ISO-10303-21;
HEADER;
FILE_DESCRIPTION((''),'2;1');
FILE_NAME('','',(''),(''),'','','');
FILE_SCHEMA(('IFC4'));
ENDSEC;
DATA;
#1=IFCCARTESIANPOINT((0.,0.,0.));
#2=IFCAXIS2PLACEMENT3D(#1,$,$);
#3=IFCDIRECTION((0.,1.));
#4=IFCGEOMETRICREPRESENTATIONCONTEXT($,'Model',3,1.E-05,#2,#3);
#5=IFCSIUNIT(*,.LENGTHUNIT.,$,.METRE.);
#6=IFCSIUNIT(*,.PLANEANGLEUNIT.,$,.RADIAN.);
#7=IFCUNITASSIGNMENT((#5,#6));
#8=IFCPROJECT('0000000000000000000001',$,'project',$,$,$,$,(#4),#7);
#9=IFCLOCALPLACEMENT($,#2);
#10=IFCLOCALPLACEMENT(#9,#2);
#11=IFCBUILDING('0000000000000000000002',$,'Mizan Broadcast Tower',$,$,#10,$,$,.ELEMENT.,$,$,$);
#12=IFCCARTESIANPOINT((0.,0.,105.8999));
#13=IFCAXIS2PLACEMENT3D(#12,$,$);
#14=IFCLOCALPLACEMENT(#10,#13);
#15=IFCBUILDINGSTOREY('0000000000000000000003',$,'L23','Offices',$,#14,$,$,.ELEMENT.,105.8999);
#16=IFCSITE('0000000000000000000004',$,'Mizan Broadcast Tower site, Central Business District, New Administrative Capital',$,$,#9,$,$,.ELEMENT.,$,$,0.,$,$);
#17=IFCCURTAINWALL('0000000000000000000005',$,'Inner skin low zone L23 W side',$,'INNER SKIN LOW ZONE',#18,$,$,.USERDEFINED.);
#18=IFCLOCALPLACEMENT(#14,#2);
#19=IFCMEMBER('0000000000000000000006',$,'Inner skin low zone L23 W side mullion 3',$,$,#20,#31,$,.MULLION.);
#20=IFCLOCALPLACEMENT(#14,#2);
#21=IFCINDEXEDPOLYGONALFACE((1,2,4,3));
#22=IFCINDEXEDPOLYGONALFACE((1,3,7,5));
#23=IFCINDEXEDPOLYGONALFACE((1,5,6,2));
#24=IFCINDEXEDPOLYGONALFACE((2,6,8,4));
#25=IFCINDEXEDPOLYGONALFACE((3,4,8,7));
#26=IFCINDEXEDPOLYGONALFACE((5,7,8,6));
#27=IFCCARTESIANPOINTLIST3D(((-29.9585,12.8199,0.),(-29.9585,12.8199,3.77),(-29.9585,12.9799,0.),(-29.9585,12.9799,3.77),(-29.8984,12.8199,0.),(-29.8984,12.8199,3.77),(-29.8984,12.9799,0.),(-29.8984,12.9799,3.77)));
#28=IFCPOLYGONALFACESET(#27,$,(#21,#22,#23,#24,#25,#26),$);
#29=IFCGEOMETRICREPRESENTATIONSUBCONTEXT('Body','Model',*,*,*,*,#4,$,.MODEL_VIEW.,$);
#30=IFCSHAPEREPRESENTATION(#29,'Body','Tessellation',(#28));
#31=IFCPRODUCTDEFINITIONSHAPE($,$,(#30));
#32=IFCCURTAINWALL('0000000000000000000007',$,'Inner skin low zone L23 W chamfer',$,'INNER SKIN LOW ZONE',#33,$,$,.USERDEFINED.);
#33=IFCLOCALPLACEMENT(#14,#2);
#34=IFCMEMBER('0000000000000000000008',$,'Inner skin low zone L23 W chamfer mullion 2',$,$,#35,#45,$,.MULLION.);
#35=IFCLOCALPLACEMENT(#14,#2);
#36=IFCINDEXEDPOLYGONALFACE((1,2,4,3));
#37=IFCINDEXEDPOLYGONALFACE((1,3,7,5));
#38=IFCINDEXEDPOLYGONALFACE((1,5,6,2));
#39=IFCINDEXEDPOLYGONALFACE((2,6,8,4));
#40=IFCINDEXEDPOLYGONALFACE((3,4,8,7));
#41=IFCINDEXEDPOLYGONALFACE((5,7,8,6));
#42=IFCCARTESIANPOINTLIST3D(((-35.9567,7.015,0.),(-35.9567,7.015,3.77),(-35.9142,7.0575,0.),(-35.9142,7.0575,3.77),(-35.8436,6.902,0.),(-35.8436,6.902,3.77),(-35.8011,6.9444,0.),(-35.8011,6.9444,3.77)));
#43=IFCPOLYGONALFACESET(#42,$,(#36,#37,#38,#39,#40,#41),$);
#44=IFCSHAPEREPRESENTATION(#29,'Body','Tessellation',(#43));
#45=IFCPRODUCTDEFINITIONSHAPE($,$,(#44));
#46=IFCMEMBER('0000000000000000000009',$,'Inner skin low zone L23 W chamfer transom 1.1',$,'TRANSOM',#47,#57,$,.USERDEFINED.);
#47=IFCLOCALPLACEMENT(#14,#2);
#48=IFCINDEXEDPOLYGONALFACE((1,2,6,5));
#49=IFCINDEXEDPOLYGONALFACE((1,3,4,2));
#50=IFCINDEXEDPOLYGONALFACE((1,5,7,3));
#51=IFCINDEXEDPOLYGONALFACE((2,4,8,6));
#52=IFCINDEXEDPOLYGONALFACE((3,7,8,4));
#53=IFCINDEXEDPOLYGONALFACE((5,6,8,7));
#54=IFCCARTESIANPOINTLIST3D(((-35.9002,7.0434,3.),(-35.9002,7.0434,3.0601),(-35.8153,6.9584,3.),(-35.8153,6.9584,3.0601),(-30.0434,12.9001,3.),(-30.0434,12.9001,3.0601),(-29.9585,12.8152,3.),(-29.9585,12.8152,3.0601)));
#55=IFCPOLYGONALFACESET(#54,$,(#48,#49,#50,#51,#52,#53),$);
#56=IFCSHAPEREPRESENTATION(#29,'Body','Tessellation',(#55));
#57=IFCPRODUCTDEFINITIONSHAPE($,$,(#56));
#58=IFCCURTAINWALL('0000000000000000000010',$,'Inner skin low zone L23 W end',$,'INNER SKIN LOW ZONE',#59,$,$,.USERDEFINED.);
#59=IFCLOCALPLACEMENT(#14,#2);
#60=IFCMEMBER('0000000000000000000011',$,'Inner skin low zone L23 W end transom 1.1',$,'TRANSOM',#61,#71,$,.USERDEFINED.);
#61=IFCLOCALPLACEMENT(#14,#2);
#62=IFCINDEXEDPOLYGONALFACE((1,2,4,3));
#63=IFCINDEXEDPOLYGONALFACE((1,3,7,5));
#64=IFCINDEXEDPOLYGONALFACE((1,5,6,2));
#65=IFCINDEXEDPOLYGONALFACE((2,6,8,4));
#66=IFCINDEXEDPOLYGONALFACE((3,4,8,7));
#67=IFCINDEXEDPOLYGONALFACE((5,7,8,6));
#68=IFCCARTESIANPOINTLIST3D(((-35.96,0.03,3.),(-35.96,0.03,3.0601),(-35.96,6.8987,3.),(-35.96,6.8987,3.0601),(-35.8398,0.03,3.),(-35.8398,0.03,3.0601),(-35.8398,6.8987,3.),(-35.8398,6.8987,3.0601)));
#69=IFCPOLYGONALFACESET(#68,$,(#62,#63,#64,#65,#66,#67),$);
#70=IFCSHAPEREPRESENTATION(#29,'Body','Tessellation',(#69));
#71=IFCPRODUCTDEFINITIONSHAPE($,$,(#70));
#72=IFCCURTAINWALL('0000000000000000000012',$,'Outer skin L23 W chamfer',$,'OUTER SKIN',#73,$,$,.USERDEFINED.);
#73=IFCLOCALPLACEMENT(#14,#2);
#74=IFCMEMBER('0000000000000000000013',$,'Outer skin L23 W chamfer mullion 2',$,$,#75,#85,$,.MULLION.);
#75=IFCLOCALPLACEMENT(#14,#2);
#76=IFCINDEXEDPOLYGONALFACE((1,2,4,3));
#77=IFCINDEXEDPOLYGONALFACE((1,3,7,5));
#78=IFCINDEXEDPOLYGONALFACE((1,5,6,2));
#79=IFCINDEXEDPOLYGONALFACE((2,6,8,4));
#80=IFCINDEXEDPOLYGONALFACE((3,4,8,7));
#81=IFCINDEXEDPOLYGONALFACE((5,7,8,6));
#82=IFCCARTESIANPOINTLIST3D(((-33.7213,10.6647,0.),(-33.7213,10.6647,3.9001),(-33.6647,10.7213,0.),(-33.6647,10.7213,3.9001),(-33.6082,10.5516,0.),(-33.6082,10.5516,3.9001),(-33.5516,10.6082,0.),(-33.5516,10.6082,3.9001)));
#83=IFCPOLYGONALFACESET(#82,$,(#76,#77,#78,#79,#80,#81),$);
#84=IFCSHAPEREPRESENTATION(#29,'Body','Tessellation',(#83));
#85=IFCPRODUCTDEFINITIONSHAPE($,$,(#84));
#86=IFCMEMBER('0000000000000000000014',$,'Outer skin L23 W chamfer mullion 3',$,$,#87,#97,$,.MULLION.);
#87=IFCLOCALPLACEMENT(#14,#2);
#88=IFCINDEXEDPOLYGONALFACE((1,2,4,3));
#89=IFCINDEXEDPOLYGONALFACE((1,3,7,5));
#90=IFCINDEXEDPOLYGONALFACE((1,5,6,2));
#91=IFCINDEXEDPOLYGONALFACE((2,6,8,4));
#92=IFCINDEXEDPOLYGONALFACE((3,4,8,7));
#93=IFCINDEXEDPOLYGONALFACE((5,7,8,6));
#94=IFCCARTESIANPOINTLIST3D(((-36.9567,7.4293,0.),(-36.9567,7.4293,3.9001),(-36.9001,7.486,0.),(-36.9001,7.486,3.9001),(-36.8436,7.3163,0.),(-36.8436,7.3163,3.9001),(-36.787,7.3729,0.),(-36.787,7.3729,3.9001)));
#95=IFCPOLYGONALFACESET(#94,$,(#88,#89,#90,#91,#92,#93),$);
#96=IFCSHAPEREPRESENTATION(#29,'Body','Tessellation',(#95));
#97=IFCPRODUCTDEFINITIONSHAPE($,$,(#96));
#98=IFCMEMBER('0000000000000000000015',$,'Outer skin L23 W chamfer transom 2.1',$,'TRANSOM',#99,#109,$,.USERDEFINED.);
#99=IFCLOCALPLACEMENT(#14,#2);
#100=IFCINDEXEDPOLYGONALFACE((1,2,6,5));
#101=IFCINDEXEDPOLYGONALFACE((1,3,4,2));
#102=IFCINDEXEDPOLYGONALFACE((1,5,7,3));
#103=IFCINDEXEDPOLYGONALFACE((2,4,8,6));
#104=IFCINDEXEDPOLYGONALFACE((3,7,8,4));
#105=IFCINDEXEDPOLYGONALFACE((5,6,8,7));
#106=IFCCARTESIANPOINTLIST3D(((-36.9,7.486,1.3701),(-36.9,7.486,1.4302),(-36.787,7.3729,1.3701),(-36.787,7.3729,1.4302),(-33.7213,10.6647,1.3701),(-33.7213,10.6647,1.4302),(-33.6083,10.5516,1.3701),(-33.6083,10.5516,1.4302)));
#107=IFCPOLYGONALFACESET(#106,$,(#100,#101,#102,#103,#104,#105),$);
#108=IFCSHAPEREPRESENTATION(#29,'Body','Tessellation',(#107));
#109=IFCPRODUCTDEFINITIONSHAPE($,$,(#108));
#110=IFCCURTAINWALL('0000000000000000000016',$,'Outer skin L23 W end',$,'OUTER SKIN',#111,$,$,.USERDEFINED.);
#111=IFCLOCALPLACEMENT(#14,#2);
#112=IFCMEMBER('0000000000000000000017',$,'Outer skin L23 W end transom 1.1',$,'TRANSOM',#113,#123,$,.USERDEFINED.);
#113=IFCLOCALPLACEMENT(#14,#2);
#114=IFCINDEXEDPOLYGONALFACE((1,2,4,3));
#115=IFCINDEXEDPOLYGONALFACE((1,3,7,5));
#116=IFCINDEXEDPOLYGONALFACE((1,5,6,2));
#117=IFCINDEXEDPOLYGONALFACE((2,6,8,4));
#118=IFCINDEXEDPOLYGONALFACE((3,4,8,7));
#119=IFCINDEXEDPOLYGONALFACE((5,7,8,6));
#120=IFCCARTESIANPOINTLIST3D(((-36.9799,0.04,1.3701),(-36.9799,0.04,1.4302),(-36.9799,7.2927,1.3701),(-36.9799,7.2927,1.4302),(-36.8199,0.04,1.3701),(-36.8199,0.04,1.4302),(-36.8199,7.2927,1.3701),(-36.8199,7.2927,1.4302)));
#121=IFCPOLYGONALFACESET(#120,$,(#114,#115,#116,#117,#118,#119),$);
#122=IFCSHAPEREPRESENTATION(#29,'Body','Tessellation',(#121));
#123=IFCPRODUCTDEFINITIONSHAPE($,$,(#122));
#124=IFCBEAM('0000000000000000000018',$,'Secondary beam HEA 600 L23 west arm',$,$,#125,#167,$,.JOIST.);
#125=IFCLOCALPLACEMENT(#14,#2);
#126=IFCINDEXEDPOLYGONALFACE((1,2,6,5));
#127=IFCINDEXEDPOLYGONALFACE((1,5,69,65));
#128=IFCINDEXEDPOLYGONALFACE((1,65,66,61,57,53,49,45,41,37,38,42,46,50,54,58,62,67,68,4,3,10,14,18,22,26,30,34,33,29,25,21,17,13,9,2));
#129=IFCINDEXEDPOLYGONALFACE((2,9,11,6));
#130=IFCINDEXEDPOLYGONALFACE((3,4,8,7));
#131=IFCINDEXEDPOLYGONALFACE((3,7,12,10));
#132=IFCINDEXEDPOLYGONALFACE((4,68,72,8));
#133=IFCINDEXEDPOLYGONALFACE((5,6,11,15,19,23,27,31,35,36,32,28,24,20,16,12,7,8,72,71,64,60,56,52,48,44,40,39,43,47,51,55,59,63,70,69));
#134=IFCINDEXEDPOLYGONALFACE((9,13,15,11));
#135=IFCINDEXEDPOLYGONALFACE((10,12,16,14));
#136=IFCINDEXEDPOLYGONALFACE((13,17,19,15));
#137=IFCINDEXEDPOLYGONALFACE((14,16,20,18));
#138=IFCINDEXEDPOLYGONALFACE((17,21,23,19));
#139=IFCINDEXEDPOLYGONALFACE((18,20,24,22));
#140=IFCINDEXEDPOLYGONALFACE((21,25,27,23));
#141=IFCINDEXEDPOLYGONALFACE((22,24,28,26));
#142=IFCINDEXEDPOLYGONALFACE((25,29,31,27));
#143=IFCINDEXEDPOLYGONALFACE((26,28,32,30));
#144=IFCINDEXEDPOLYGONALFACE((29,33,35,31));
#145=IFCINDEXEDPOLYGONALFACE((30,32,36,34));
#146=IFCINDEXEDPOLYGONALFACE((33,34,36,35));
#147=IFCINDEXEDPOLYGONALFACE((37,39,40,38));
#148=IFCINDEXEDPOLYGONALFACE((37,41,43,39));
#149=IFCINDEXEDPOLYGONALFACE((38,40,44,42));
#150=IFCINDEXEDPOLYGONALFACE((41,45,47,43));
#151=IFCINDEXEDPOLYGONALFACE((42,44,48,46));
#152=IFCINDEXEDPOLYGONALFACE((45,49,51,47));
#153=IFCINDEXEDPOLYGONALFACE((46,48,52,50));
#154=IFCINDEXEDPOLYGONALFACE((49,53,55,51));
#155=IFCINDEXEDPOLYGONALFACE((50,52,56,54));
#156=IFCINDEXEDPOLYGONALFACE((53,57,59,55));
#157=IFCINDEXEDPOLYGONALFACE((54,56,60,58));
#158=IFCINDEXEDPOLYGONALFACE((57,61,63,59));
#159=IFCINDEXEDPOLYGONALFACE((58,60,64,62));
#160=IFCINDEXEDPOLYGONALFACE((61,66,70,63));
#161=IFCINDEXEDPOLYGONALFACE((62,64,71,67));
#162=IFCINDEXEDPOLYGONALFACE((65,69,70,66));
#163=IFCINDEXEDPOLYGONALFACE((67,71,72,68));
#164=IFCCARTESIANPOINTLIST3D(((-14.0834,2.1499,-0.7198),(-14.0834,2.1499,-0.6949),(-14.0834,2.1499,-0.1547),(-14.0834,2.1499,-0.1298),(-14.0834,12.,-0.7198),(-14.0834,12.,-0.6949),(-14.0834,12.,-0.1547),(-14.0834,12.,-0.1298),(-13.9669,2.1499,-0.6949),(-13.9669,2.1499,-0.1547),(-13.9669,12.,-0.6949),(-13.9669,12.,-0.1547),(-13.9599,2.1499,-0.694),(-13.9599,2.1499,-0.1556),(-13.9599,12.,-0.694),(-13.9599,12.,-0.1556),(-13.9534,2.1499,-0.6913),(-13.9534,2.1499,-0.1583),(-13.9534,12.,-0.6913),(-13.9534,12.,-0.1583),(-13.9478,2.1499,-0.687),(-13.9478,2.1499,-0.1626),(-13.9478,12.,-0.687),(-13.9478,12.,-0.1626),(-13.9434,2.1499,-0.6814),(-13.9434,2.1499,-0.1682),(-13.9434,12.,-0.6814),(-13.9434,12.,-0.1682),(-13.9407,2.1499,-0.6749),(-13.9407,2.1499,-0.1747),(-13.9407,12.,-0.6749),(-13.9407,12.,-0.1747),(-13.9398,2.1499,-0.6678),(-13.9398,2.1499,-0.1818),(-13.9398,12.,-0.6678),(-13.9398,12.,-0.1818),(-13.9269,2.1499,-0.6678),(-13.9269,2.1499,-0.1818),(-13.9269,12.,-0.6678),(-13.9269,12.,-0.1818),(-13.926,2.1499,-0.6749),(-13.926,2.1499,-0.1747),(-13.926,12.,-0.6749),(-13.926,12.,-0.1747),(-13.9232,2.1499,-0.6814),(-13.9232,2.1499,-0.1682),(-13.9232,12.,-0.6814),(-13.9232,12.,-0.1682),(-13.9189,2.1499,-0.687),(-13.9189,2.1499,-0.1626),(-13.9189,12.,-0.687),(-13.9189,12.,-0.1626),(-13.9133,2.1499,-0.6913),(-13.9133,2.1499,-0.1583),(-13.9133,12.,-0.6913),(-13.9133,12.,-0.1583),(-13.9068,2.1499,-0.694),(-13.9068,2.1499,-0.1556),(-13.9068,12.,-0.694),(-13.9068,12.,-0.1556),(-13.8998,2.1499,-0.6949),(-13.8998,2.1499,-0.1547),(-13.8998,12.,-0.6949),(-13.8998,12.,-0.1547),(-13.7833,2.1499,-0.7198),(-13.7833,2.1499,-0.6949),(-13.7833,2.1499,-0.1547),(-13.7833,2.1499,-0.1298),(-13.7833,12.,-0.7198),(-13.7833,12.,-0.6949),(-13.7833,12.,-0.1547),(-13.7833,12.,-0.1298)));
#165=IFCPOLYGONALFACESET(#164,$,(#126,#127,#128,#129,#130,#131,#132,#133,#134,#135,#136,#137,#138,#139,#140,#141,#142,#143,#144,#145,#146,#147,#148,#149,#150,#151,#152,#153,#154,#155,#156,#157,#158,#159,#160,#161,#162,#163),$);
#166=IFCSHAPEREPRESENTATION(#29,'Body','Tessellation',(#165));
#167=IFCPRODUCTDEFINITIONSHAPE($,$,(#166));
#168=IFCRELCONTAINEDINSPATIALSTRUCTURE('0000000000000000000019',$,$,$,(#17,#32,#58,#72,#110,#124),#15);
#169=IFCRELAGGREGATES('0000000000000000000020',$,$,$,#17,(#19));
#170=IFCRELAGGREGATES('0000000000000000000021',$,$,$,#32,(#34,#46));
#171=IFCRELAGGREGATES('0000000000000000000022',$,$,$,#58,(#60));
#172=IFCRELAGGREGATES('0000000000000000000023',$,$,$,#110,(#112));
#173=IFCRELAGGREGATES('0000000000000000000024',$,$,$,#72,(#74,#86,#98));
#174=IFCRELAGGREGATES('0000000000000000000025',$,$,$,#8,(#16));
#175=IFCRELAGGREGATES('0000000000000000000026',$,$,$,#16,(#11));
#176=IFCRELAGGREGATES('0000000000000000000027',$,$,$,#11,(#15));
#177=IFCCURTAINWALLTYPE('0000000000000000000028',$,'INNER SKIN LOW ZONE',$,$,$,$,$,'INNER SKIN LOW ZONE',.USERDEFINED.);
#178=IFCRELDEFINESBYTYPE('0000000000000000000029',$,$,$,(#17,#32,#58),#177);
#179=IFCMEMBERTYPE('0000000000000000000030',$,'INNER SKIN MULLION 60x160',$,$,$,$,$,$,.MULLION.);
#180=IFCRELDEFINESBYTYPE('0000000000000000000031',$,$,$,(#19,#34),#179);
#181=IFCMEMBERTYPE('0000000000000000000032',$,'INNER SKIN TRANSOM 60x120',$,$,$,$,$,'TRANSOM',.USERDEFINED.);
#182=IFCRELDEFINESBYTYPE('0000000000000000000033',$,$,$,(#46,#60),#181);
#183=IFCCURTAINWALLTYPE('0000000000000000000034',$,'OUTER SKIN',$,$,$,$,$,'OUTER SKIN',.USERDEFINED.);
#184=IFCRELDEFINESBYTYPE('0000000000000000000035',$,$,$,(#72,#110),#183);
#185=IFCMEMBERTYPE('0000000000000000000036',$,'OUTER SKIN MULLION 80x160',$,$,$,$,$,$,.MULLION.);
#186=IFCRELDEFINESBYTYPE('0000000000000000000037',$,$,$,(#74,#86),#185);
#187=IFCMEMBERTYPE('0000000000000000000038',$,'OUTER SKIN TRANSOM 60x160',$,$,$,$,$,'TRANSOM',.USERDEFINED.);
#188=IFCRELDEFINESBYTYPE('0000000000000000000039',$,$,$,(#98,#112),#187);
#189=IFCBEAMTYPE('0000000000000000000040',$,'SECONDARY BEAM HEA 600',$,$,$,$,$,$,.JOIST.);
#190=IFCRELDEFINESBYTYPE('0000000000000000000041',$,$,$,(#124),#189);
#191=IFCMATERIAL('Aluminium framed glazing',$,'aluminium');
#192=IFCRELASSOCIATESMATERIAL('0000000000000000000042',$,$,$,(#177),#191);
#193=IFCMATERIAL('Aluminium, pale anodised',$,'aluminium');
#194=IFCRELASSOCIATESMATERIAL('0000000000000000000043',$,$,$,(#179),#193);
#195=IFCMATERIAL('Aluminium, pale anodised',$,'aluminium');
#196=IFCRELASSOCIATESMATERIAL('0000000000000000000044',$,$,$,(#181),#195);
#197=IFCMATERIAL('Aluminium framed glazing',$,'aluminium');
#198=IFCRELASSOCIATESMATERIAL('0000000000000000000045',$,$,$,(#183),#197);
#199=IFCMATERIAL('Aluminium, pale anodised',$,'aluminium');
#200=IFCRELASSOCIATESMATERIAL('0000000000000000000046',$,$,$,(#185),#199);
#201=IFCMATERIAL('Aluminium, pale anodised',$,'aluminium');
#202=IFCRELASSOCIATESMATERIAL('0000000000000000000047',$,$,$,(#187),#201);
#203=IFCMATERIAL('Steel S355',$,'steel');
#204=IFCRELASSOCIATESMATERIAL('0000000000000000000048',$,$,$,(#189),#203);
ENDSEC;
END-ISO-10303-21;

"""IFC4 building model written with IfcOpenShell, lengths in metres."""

from ifc_helpers import new_model, si_unit, direction, frame, origin, origin_2d, place, context, subcontext, project, spatial, rectangle, i_section, extrude, material, material_profile, profile_set, type_object, element, aggregate, save


model = new_model("IFC4")

# Units and contexts
model_context = context("Model", 3, precision=1e-05, world=origin(), true_north=direction((0.0, 1.0)))
body_context = subcontext(model_context, "Body", "Model", "MODEL_VIEW")
ifc_project = project(units=[si_unit("LENGTHUNIT", "METRE"), si_unit("PLANEANGLEUNIT", "RADIAN")], contexts=[model_context])

# Site, building, storey
site_placement = place(None, origin())
site = spatial("IfcSite", under=ifc_project, at=site_placement, Name="Mizan Broadcast Tower site, Central Business District, New Administrative Capital", CompositionType="ELEMENT", RefElevation=0.0)
building_placement = place(site_placement, origin())
building = spatial("IfcBuilding", under=site, at=building_placement, Name="Mizan Broadcast Tower", CompositionType="ELEMENT")
storey_placement = place(building_placement, frame((0.0, 0.0, 105.8999)))
storey = spatial("IfcBuildingStorey", under=building, at=storey_placement, Name="L23", Description="Offices", CompositionType="ELEMENT", Elevation=105.8999)

# Curtain wall, member
ifc_material_1 = material(Name="Aluminium framed glazing", Category="aluminium")
curtain_wall_type_1 = type_object("IfcCurtainWallType", Name="INNER SKIN LOW ZONE", ElementType="INNER SKIN LOW ZONE", PredefinedType="USERDEFINED", material=ifc_material_1)
curtain_wall_1_placement = place(storey_placement, origin())
curtain_wall_1 = element("IfcCurtainWall", 1, at=curtain_wall_1_placement, inside=storey, type_object=curtain_wall_type_1, Name="Inner skin low zone L23 W side", ObjectType="INNER SKIN LOW ZONE", PredefinedType="USERDEFINED")
ifc_material_2 = material(Name="Aluminium, pale anodised", Category="aluminium")
ifc_material_profile_1 = material_profile(ifc_material_2, rectangle(XDim=0.1599, YDim=0.0601, at=origin_2d()), Name="MULLION 160x60")
ifc_profile_set_1 = profile_set([ifc_material_profile_1], Name="Aluminium, pale anodised")
member_type_1 = type_object("IfcMemberType", Name="INNER SKIN MULLION 60x160", PredefinedType="MULLION", material=ifc_profile_set_1)
member_1_placement = place(storey_placement, frame((-29.9285, 12.8999, 0.0), z_axis=(0.0, 0.0, 1.0), x_axis=(0.0, -1.0, 0.0)))
member_1 = element("IfcMember", 2, at=member_1_placement, type_object=member_type_1, Name="Inner skin low zone L23 W side mullion 3", PredefinedType="MULLION", context=body_context, shape_type="SweptSolid", body=[
    extrude(rectangle(XDim=0.1599, YDim=0.0601, at=origin_2d()), origin(), (0.0, 0.0, 1.0), 3.77),
])
aggregate(curtain_wall_1, [member_1])

# Curtain wall, members
curtain_wall_2_placement = place(storey_placement, origin())
curtain_wall_2 = element("IfcCurtainWall", 3, at=curtain_wall_2_placement, inside=storey, type_object=curtain_wall_type_1, Name="Inner skin low zone L23 W chamfer", ObjectType="INNER SKIN LOW ZONE", PredefinedType="USERDEFINED")
member_2_placement = place(storey_placement, frame((-35.8789, 6.9797, 0.0), z_axis=(0.0, 0.0, 1.0), x_axis=(0.707107, -0.707107, 0.0)))
member_2 = element("IfcMember", 4, at=member_2_placement, type_object=member_type_1, Name="Inner skin low zone L23 W chamfer mullion 2", PredefinedType="MULLION", context=body_context, shape_type="SweptSolid", body=[
    extrude(rectangle(XDim=0.1599, YDim=0.0601, at=origin_2d()), origin(), (0.0, 0.0, 1.0), 3.77),
])
ifc_material_3 = material(Name="Aluminium, pale anodised", Category="aluminium")
ifc_material_profile_2 = material_profile(ifc_material_3, rectangle(XDim=0.1201, YDim=0.0601, at=origin_2d()), Name="TRANSOM 120x60")
ifc_profile_set_2 = profile_set([ifc_material_profile_2], Name="Aluminium, pale anodised")
member_type_2 = type_object("IfcMemberType", Name="INNER SKIN TRANSOM 60x120", ElementType="TRANSOM", PredefinedType="USERDEFINED", material=ifc_profile_set_2)
member_3_placement = place(storey_placement, frame((-30.001, 12.8577, 3.03), z_axis=(-0.707107, -0.707107, 0.0), x_axis=(0.707107, -0.707107, 0.0)))
member_3 = element("IfcMember", 5, at=member_3_placement, type_object=member_type_2, Name="Inner skin low zone L23 W chamfer transom 1.1", ObjectType="TRANSOM", PredefinedType="USERDEFINED", context=body_context, shape_type="SweptSolid", body=[
    extrude(rectangle(XDim=0.1201, YDim=0.0601, at=origin_2d()), origin(), (0.0, 0.0, 1.0), 8.2827),
])

# Curtain wall, member
curtain_wall_3_placement = place(storey_placement, origin())
curtain_wall_3 = element("IfcCurtainWall", 6, at=curtain_wall_3_placement, inside=storey, type_object=curtain_wall_type_1, Name="Inner skin low zone L23 W end", ObjectType="INNER SKIN LOW ZONE", PredefinedType="USERDEFINED")
member_4_placement = place(storey_placement, frame((-35.8999, 6.8987, 3.03), z_axis=(0.0, -1.0, 0.0), x_axis=(1.0, 0.0, 0.0)))
member_4 = element("IfcMember", 7, at=member_4_placement, type_object=member_type_2, Name="Inner skin low zone L23 W end transom 1.1", ObjectType="TRANSOM", PredefinedType="USERDEFINED", context=body_context, shape_type="SweptSolid", body=[
    extrude(rectangle(XDim=0.1201, YDim=0.0601, at=origin_2d()), origin(), (0.0, 0.0, 1.0), 6.8687),
])

# Curtain wall, members
ifc_material_4 = material(Name="Aluminium framed glazing", Category="aluminium")
curtain_wall_type_2 = type_object("IfcCurtainWallType", Name="OUTER SKIN", ElementType="OUTER SKIN", PredefinedType="USERDEFINED", material=ifc_material_4)
curtain_wall_4_placement = place(storey_placement, origin())
curtain_wall_4 = element("IfcCurtainWall", 8, at=curtain_wall_4_placement, inside=storey, type_object=curtain_wall_type_2, Name="Outer skin L23 W chamfer", ObjectType="OUTER SKIN", PredefinedType="USERDEFINED")
ifc_material_5 = material(Name="Aluminium, pale anodised", Category="aluminium")
ifc_material_profile_3 = material_profile(ifc_material_5, rectangle(XDim=0.1599, YDim=0.0801, at=origin_2d()), Name="MULLION 160x80")
ifc_profile_set_3 = profile_set([ifc_material_profile_3], Name="Aluminium, pale anodised")
member_type_3 = type_object("IfcMemberType", Name="OUTER SKIN MULLION 80x160", PredefinedType="MULLION", material=ifc_profile_set_3)
member_5_placement = place(storey_placement, frame((-33.6365, 10.6365, 0.0), z_axis=(0.0, 0.0, 1.0), x_axis=(0.707107, -0.707107, 0.0)))
member_5 = element("IfcMember", 9, at=member_5_placement, type_object=member_type_3, Name="Outer skin L23 W chamfer mullion 2", PredefinedType="MULLION", context=body_context, shape_type="SweptSolid", body=[
    extrude(rectangle(XDim=0.1599, YDim=0.0801, at=origin_2d()), origin(), (0.0, 0.0, 1.0), 3.9001),
])
member_6_placement = place(storey_placement, frame((-36.8718, 7.4011, 0.0), z_axis=(0.0, 0.0, 1.0), x_axis=(0.707107, -0.707107, 0.0)))
member_6 = element("IfcMember", 10, at=member_6_placement, type_object=member_type_3, Name="Outer skin L23 W chamfer mullion 3", PredefinedType="MULLION", context=body_context, shape_type="SweptSolid", body=[
    extrude(rectangle(XDim=0.1599, YDim=0.0801, at=origin_2d()), origin(), (0.0, 0.0, 1.0), 3.9001),
])
ifc_material_6 = material(Name="Aluminium, pale anodised", Category="aluminium")
ifc_material_profile_4 = material_profile(ifc_material_6, rectangle(XDim=0.1599, YDim=0.0601, at=origin_2d()), Name="TRANSOM 160x60")
ifc_profile_set_4 = profile_set([ifc_material_profile_4], Name="Aluminium, pale anodised")
member_type_4 = type_object("IfcMemberType", Name="OUTER SKIN TRANSOM 60x160", ElementType="TRANSOM", PredefinedType="USERDEFINED", material=ifc_profile_set_4)
member_7_placement = place(storey_placement, frame((-33.6648, 10.6082, 1.4001), z_axis=(-0.707107, -0.707107, 0.0), x_axis=(0.707107, -0.707107, 0.0)))
member_7 = element("IfcMember", 11, at=member_7_placement, type_object=member_type_4, Name="Outer skin L23 W chamfer transom 2.1", ObjectType="TRANSOM", PredefinedType="USERDEFINED", context=body_context, shape_type="SweptSolid", body=[
    extrude(rectangle(XDim=0.1599, YDim=0.0601, at=origin_2d()), origin(), (0.0, 0.0, 1.0), 4.4954),
])

# Curtain wall, member
curtain_wall_5_placement = place(storey_placement, origin())
curtain_wall_5 = element("IfcCurtainWall", 12, at=curtain_wall_5_placement, inside=storey, type_object=curtain_wall_type_2, Name="Outer skin L23 W end", ObjectType="OUTER SKIN", PredefinedType="USERDEFINED")
member_8_placement = place(storey_placement, frame((-36.8999, 7.2927, 1.4001), z_axis=(0.0, -1.0, 0.0), x_axis=(1.0, 0.0, 0.0)))
member_8 = element("IfcMember", 13, at=member_8_placement, type_object=member_type_4, Name="Outer skin L23 W end transom 1.1", ObjectType="TRANSOM", PredefinedType="USERDEFINED", context=body_context, shape_type="SweptSolid", body=[
    extrude(rectangle(XDim=0.1599, YDim=0.0601, at=origin_2d()), origin(), (0.0, 0.0, 1.0), 7.2527),
])

# Beam
ifc_material_7 = material(Name="Steel S355", Category="steel")
ifc_material_profile_5 = material_profile(ifc_material_7, i_section(OverallWidth=0.3, OverallDepth=0.5901, WebThickness=0.0129, FlangeThickness=0.0249, FilletRadius=0.0271, at=origin_2d()), Name="HEA 600")
ifc_profile_set_5 = profile_set([ifc_material_profile_5], Name="Steel S355")
beam_type_1 = type_object("IfcBeamType", Name="SECONDARY BEAM HEA 600", PredefinedType="JOIST", material=ifc_profile_set_5)
for number, where, z_axis, x_axis, name in (
    (14, (-13.9333, 12.0, -0.4248), (0.0, -1.0, 0.0), (1.0, 0.0, 0.0), "Secondary beam HEA 600 L23 west arm"),
):
    element("IfcBeam", number, at=place(storey_placement, frame(where, z_axis=z_axis, x_axis=x_axis)), inside=storey, type_object=beam_type_1, Name=name, PredefinedType="JOIST", context=body_context, shape_type="SweptSolid", body=[
        extrude(i_section(OverallWidth=0.3, OverallDepth=0.5901, WebThickness=0.0129, FlangeThickness=0.0249, FilletRadius=0.0271, at=origin_2d()), origin(), (0.0, 0.0, 1.0), 9.8501),
    ])

aggregate(curtain_wall_2, [member_2, member_3])
aggregate(curtain_wall_3, [member_4])
aggregate(curtain_wall_5, [member_8])
aggregate(curtain_wall_4, [member_5, member_6, member_7])

save(model, "model.ifc")
